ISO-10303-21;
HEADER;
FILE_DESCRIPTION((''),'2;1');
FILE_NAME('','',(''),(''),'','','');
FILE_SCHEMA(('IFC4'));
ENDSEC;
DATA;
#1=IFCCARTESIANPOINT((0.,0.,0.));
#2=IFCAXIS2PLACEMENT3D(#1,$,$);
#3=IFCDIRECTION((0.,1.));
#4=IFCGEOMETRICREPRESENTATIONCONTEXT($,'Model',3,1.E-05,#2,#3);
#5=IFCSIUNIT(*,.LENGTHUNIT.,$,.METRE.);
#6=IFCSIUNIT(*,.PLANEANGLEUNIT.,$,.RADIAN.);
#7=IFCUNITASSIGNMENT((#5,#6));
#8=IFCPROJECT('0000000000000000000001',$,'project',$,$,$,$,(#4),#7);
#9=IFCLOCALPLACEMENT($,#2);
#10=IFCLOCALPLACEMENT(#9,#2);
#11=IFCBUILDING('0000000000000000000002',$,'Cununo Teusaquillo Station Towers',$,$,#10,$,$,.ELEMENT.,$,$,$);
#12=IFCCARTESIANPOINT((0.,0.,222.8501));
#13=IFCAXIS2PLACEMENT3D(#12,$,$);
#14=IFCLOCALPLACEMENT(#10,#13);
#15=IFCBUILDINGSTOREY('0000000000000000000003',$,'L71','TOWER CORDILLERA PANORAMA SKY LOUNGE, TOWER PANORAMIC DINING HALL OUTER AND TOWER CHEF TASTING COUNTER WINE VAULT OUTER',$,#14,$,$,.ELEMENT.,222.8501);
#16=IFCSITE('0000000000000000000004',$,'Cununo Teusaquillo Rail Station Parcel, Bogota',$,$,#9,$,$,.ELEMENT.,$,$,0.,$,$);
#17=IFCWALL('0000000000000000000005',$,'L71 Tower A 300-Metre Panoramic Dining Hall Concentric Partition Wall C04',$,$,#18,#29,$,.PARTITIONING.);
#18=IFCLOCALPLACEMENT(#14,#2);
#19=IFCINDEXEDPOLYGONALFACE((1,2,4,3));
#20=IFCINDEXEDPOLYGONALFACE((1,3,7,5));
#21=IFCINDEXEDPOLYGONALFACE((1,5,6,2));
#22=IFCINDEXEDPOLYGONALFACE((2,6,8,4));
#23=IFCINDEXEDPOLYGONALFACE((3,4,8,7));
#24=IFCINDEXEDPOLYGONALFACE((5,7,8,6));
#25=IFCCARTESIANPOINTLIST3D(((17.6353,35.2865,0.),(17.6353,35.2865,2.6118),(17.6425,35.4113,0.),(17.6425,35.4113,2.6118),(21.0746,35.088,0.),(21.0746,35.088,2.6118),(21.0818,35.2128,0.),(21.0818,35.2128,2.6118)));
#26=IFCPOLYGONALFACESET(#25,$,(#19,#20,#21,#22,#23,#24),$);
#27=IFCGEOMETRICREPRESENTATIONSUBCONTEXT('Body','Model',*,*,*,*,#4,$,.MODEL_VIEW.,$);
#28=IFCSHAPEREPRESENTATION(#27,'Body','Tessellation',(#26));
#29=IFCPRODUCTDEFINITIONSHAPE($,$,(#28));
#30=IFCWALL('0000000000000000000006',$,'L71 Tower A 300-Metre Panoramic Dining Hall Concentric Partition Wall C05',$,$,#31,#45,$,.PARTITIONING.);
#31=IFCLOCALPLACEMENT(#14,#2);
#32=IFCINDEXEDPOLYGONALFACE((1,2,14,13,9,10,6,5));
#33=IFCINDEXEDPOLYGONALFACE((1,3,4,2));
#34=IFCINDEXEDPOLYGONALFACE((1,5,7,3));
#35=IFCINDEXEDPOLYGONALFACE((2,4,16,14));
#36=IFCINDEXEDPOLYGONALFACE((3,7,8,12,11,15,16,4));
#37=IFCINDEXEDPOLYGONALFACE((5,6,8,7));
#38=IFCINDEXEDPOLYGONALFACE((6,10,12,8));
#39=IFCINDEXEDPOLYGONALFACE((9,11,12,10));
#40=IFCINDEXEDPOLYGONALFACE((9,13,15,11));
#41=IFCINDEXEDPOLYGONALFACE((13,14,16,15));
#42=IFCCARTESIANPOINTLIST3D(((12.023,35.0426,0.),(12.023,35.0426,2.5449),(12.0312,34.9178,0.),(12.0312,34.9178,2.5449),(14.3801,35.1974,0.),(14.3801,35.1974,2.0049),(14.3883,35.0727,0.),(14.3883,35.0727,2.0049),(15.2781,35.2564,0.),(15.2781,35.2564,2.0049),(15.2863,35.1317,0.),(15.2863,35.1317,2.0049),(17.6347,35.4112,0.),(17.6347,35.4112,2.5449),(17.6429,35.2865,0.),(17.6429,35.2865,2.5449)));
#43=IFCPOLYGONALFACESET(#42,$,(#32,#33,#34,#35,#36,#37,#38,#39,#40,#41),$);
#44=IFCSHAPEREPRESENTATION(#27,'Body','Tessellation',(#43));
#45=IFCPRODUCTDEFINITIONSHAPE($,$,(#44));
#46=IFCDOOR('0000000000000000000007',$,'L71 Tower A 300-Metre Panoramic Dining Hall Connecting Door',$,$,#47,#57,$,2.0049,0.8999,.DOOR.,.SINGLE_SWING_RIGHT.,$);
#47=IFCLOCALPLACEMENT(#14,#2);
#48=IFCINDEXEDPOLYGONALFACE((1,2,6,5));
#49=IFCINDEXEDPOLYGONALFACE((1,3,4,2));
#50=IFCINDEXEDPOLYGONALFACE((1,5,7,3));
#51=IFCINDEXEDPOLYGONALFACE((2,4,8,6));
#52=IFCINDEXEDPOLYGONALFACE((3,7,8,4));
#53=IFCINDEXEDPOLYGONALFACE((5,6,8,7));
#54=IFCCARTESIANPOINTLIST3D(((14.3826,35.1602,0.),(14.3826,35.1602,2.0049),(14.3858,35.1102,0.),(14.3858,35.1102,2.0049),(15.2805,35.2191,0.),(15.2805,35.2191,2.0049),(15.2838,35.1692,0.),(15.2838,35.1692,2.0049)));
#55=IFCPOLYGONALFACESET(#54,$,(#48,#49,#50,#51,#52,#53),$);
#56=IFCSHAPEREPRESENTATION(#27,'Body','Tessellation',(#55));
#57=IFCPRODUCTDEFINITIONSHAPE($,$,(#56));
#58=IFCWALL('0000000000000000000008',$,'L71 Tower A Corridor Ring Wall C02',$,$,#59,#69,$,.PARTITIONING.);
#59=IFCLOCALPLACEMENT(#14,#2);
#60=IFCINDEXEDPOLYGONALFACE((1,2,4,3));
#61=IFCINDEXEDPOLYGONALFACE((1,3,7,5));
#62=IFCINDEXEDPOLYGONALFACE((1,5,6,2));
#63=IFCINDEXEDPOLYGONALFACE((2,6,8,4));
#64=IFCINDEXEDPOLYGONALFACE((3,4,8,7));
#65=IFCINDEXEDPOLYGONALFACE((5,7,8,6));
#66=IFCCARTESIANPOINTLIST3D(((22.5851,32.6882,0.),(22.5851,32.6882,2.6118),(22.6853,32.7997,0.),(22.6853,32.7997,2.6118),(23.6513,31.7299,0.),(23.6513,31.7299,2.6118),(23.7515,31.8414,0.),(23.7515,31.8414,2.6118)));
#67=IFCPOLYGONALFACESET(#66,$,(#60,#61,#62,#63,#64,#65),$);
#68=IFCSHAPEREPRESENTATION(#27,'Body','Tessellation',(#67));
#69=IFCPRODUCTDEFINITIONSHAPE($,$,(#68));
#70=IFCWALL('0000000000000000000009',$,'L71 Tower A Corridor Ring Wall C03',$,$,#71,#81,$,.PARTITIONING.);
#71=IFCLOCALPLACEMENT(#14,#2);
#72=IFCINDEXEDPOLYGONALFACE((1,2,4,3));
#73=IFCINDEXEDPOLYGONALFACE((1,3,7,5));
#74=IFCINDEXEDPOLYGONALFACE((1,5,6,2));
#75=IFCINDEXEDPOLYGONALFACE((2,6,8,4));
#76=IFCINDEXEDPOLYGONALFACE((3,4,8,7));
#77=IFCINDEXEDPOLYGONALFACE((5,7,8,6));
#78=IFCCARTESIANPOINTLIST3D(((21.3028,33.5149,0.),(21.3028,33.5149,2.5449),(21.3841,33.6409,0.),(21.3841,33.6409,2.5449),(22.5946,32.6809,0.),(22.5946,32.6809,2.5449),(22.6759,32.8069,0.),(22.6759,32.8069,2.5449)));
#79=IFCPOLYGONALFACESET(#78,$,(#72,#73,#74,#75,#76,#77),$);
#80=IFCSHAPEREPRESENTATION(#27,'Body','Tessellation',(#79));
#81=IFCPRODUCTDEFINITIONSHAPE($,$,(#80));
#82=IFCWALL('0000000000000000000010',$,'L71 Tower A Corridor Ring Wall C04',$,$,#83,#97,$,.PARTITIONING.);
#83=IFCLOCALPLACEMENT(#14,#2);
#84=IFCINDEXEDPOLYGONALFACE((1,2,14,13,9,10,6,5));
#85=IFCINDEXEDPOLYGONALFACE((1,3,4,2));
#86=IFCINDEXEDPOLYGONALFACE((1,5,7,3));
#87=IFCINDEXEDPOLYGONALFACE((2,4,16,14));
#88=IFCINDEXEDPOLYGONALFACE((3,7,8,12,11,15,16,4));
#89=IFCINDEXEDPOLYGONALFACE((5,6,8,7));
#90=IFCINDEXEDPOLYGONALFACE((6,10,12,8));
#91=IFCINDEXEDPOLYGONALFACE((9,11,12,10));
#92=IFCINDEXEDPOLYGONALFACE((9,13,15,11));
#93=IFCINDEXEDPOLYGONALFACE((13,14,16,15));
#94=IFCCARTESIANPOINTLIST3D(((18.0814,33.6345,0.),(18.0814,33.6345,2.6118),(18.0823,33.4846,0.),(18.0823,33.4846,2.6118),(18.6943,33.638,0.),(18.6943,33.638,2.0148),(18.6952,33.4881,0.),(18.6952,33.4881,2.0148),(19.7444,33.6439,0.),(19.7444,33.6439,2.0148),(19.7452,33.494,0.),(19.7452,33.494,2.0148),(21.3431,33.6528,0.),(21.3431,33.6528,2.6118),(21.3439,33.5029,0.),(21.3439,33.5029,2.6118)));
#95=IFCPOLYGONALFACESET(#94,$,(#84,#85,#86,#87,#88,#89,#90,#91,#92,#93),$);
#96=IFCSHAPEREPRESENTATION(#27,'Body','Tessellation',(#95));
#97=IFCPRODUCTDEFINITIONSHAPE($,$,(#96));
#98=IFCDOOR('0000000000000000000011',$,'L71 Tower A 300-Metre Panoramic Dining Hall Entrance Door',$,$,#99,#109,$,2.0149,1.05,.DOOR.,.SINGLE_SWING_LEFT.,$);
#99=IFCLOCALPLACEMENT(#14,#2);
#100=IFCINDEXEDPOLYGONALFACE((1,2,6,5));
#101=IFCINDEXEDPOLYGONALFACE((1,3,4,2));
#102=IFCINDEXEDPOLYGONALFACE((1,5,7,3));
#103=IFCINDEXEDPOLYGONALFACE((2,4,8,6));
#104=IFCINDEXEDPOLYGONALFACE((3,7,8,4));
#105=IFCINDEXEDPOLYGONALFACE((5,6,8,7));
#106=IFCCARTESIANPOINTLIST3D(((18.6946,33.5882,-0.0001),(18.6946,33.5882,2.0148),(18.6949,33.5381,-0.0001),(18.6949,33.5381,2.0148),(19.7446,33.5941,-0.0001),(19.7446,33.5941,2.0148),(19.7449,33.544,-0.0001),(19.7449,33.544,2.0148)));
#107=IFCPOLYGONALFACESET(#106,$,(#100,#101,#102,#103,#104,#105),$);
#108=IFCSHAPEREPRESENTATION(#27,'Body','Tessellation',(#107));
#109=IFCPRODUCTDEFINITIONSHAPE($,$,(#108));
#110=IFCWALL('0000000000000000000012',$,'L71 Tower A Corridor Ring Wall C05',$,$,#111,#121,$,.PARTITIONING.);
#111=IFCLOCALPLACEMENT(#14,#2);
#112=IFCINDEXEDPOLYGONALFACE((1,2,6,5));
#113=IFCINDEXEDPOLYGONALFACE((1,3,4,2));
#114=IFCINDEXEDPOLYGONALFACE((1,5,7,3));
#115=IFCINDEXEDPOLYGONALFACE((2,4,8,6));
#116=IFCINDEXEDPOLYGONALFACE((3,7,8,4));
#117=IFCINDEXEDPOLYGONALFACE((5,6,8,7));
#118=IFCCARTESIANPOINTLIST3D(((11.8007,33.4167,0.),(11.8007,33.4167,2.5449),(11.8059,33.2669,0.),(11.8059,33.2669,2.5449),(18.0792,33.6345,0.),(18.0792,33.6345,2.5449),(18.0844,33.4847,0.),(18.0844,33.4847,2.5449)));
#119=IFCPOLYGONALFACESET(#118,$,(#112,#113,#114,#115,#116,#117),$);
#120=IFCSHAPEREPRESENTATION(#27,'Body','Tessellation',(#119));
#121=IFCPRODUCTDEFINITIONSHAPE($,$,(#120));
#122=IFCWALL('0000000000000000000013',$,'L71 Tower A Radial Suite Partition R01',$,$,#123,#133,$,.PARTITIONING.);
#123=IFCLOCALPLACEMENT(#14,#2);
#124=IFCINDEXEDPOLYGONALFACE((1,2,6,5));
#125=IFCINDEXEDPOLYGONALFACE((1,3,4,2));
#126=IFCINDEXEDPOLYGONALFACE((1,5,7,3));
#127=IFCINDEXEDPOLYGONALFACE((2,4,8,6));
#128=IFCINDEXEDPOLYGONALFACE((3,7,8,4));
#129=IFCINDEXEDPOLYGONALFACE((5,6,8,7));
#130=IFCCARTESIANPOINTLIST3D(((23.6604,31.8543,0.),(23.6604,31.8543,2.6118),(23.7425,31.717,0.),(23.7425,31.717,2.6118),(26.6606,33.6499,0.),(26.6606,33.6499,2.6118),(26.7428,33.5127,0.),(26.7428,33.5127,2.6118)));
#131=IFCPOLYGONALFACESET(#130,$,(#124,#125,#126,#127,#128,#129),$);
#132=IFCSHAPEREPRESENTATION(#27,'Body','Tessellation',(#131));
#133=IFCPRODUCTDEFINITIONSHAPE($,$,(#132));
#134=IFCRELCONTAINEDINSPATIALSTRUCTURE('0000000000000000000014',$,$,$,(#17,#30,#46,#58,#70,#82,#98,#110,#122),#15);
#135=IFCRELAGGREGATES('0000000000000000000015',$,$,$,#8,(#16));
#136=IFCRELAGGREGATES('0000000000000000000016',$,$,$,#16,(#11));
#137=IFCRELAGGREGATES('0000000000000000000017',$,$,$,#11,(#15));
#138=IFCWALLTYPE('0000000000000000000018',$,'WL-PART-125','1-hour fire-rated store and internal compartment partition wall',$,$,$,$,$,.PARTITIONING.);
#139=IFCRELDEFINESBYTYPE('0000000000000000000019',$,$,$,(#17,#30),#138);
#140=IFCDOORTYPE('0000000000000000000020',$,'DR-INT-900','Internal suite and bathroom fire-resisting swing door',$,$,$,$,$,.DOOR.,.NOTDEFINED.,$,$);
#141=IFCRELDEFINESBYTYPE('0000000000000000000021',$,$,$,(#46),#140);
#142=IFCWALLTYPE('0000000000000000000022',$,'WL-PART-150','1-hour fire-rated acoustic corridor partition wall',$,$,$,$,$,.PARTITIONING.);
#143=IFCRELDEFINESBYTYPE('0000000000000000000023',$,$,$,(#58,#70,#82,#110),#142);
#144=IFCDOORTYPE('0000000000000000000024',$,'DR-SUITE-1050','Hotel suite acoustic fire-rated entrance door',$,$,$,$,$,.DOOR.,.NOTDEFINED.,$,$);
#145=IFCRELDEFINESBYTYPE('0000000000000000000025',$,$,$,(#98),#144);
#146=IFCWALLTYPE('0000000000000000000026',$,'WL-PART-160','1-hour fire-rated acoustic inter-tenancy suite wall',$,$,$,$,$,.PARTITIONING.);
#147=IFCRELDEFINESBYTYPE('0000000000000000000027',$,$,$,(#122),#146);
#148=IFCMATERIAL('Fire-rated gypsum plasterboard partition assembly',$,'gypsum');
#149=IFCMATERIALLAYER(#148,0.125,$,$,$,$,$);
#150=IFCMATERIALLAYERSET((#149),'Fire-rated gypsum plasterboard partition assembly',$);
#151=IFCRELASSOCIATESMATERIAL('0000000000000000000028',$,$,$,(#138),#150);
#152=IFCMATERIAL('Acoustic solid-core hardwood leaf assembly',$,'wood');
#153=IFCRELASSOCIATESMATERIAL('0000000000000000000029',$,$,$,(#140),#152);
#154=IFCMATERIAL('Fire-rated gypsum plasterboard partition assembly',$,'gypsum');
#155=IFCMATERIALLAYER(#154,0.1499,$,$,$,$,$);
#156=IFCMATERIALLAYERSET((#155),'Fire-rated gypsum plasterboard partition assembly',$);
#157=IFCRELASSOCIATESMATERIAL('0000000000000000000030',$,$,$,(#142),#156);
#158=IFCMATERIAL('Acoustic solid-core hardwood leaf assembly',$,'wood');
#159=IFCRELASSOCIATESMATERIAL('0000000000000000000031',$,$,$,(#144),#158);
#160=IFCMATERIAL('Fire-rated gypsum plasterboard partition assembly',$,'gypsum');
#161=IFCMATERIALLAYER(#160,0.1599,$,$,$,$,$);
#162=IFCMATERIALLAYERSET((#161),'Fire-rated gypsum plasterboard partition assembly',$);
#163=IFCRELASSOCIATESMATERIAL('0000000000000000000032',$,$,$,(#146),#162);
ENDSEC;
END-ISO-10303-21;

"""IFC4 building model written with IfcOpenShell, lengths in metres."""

from ifc_helpers import new_model, si_unit, direction, frame, frame_2d, origin, place, context, subcontext, project, spatial, rectangle, extrude, source, transform, mapped, material, layer, layer_set, type_object, element, fill, save


model = new_model("IFC4")

# Units and contexts
model_context = context("Model", 3, precision=1e-05, world=origin(), true_north=direction((0.0, 1.0)))
body_context = subcontext(model_context, "Body", "Model", "MODEL_VIEW")
ifc_project = project(units=[si_unit("LENGTHUNIT", "METRE"), si_unit("PLANEANGLEUNIT", "RADIAN")], contexts=[model_context])

# Site, building, storey
site_placement = place(None, origin())
site = spatial("IfcSite", under=ifc_project, at=site_placement, Name="Cununo Teusaquillo Rail Station Parcel, Bogota", CompositionType="ELEMENT", RefElevation=0.0)
building_placement = place(site_placement, origin())
building = spatial("IfcBuilding", under=site, at=building_placement, Name="Cununo Teusaquillo Station Towers", CompositionType="ELEMENT")
storey_placement = place(building_placement, frame((0.0, 0.0, 222.8501)))
storey = spatial("IfcBuildingStorey", under=building, at=storey_placement, Name="L71", Description="TOWER CORDILLERA PANORAMA SKY LOUNGE, TOWER PANORAMIC DINING HALL OUTER AND TOWER CHEF TASTING COUNTER WINE VAULT OUTER", CompositionType="ELEMENT", Elevation=222.8501)

# Wall
ifc_material_1 = material(Name="Fire-rated gypsum plasterboard partition assembly", Category="gypsum")
ifc_layer_1 = layer(ifc_material_1, 0.125)
ifc_layer_set_1 = layer_set([ifc_layer_1], Name="Fire-rated gypsum plasterboard partition assembly")
wall_type_1 = type_object("IfcWallType", Name="WL-PART-125", Description="1-hour fire-rated store and internal compartment partition wall", PredefinedType="PARTITIONING", material=ifc_layer_set_1)
wall_1_placement = place(storey_placement, frame((21.0784, 35.1504, 0.0), z_axis=(0.0, 0.0, 1.0), x_axis=(-0.998339, 0.057613, 0.0)))
element("IfcWall", 1, at=wall_1_placement, inside=storey, type_object=wall_type_1, Name="L71 Tower A 300-Metre Panoramic Dining Hall Concentric Partition Wall C04", PredefinedType="PARTITIONING", context=body_context, shape_type="SweptSolid", body=[
    extrude(rectangle(XDim=3.4451, YDim=0.125, at=frame_2d((1.7227, 0.0))), origin(), (0.0, 0.0, 1.0), 2.6118),
])

# Wall, opening, door
wall_2_placement = place(storey_placement, frame((17.6389, 35.3489, 0.0), z_axis=(0.0, 0.0, 1.0), x_axis=(-0.997849, -0.065554, 0.0)))
wall_2 = element("IfcWall", 2, at=wall_2_placement, inside=storey, type_object=wall_type_1, Name="L71 Tower A 300-Metre Panoramic Dining Hall Concentric Partition Wall C05", PredefinedType="PARTITIONING", context=body_context, shape_type="SweptSolid", body=[
    extrude(rectangle(XDim=5.6238, YDim=0.125, at=frame_2d((2.812, 0.0))), origin(), (0.0, 0.0, 1.0), 2.5449),
])
shared_shape_1 = source(origin(), body_context, "Body", "SweptSolid", [
    extrude(rectangle(XDim=0.8999, YDim=2.0049, at=frame_2d((0.45, 1.0024))), frame((0.0, 0.0725, 0.0), z_axis=(0.0, -1.0, 0.0), x_axis=(1.0, 0.0, 0.0)), (0.0, 0.0, 1.0), 0.145),
])
opening_1_placement = place(wall_2_placement, frame((2.3618, 0.0, 0.0)))
opening_1 = element("IfcOpeningElement", 3, at=opening_1_placement, cuts=wall_2, PredefinedType="OPENING", context=body_context, shape_type="MappedRepresentation", body=[
    mapped(shared_shape_1, transform((0.0, 0.0, 0.0), x_axis=(1.0, 0.0, 0.0), y_axis=(0.0, 1.0, 0.0), z_axis=(0.0, 0.0, 1.0), scale=1.0)),
])
ifc_material_2 = material(Name="Acoustic solid-core hardwood leaf assembly", Category="wood")
door_type_1 = type_object("IfcDoorType", Name="DR-INT-900", Description="Internal suite and bathroom fire-resisting swing door", OperationType="NOTDEFINED", PredefinedType="DOOR", material=ifc_material_2)
shared_shape_2 = source(origin(), body_context, "Body", "SweptSolid", [
    extrude(rectangle(XDim=0.8999, YDim=2.0049, at=frame_2d((0.45, 1.0024))), frame((0.0, 0.0249, 0.0), z_axis=(0.0, -1.0, 0.0), x_axis=(1.0, 0.0, 0.0)), (0.0, 0.0, 1.0), 0.05),
])
door_1_placement = place(opening_1_placement, origin())
door_1 = element("IfcDoor", 4, at=door_1_placement, inside=storey, type_object=door_type_1, Name="L71 Tower A 300-Metre Panoramic Dining Hall Connecting Door", OperationType="SINGLE_SWING_RIGHT", OverallHeight=2.0049, OverallWidth=0.8999, PredefinedType="DOOR", context=body_context, shape_type="MappedRepresentation", body=[
    mapped(shared_shape_2, transform((0.0, 0.0, 0.0), x_axis=(1.0, 0.0, 0.0), y_axis=(0.0, 1.0, 0.0), z_axis=(0.0, 0.0, 1.0), scale=1.0)),
])
fill(opening_1, door_1)

# Walls
ifc_material_3 = material(Name="Fire-rated gypsum plasterboard partition assembly", Category="gypsum")
ifc_layer_2 = layer(ifc_material_3, 0.1499)
ifc_layer_set_2 = layer_set([ifc_layer_2], Name="Fire-rated gypsum plasterboard partition assembly")
wall_type_2 = type_object("IfcWallType", Name="WL-PART-150", Description="1-hour fire-rated acoustic corridor partition wall", PredefinedType="PARTITIONING", material=ifc_layer_set_2)
wall_3_placement = place(storey_placement, frame((23.7014, 31.7856, 0.0), z_axis=(0.0, 0.0, 1.0), x_axis=(-0.743743, 0.668466, 0.0)))
element("IfcWall", 5, at=wall_3_placement, inside=storey, type_object=wall_type_2, Name="L71 Tower A Corridor Ring Wall C02", PredefinedType="PARTITIONING", context=body_context, shape_type="SweptSolid", body=[
    extrude(rectangle(XDim=1.4336, YDim=0.1499, at=frame_2d((0.7168, 0.0))), origin(), (0.0, 0.0, 1.0), 2.6118),
])
wall_4_placement = place(storey_placement, frame((22.6353, 32.7439, 0.0), z_axis=(0.0, 0.0, 1.0), x_axis=(-0.840119, 0.542402, 0.0)))
element("IfcWall", 6, at=wall_4_placement, inside=storey, type_object=wall_type_2, Name="L71 Tower A Corridor Ring Wall C03", PredefinedType="PARTITIONING", context=body_context, shape_type="SweptSolid", body=[
    extrude(rectangle(XDim=1.5376, YDim=0.1499, at=frame_2d((0.7688, 0.0))), origin(), (0.0, 0.0, 1.0), 2.5449),
])

# Wall, opening, door
wall_5_placement = place(storey_placement, frame((21.3435, 33.5779, 0.0), z_axis=(0.0, 0.0, 1.0), x_axis=(-0.999984, -0.005614, 0.0)))
wall_5 = element("IfcWall", 7, at=wall_5_placement, inside=storey, type_object=wall_type_2, Name="L71 Tower A Corridor Ring Wall C04", PredefinedType="PARTITIONING", context=body_context, shape_type="SweptSolid", body=[
    extrude(rectangle(XDim=3.2617, YDim=0.1499, at=frame_2d((1.6309, 0.0))), origin(), (0.0, 0.0, 1.0), 2.6118),
])
shared_shape_3 = source(origin(), body_context, "Body", "SweptSolid", [
    extrude(rectangle(XDim=1.05, YDim=2.0149, at=frame_2d((0.5249, 1.0073))), frame((0.0, 0.085, 0.0), z_axis=(0.0, -1.0, 0.0), x_axis=(1.0, 0.0, 0.0)), (0.0, 0.0, 1.0), 0.1699),
])
opening_2_placement = place(wall_5_placement, frame((1.5989, 0.0, 0.0)))
opening_2 = element("IfcOpeningElement", 8, at=opening_2_placement, cuts=wall_5, PredefinedType="OPENING", context=body_context, shape_type="MappedRepresentation", body=[
    mapped(shared_shape_3, transform((0.0, 0.0, 0.0), x_axis=(1.0, 0.0, 0.0), y_axis=(0.0, 1.0, 0.0), z_axis=(0.0, 0.0, 1.0), scale=1.0)),
])
ifc_material_4 = material(Name="Acoustic solid-core hardwood leaf assembly", Category="wood")
door_type_2 = type_object("IfcDoorType", Name="DR-SUITE-1050", Description="Hotel suite acoustic fire-rated entrance door", OperationType="NOTDEFINED", PredefinedType="DOOR", material=ifc_material_4)
shared_shape_4 = source(origin(), body_context, "Body", "SweptSolid", [
    extrude(rectangle(XDim=1.05, YDim=2.0149, at=frame_2d((0.5249, 1.0073))), frame((0.0, 0.0249, 0.0), z_axis=(0.0, -1.0, 0.0), x_axis=(1.0, 0.0, 0.0)), (0.0, 0.0, 1.0), 0.05),
])
door_2_placement = place(opening_2_placement, origin())
door_2 = element("IfcDoor", 9, at=door_2_placement, inside=storey, type_object=door_type_2, Name="L71 Tower A 300-Metre Panoramic Dining Hall Entrance Door", OperationType="SINGLE_SWING_LEFT", OverallHeight=2.0149, OverallWidth=1.05, PredefinedType="DOOR", context=body_context, shape_type="MappedRepresentation", body=[
    mapped(shared_shape_4, transform((0.0, 0.0, 0.0), x_axis=(1.0, 0.0, 0.0), y_axis=(0.0, 1.0, 0.0), z_axis=(0.0, 0.0, 1.0), scale=1.0)),
])
fill(opening_2, door_2)

# Walls
wall_6_placement = place(storey_placement, frame((18.0818, 33.5596, 0.0), z_axis=(0.0, 0.0, 1.0), x_axis=(-0.999399, -0.034664, 0.0)))
element("IfcWall", 10, at=wall_6_placement, inside=storey, type_object=wall_type_2, Name="L71 Tower A Corridor Ring Wall C05", PredefinedType="PARTITIONING", context=body_context, shape_type="SweptSolid", body=[
    extrude(rectangle(XDim=6.2822, YDim=0.1499, at=frame_2d((3.1411, 0.0))), origin(), (0.0, 0.0, 1.0), 2.5449),
])
ifc_material_5 = material(Name="Fire-rated gypsum plasterboard partition assembly", Category="gypsum")
ifc_layer_3 = layer(ifc_material_5, 0.1599)
ifc_layer_set_3 = layer_set([ifc_layer_3], Name="Fire-rated gypsum plasterboard partition assembly")
wall_type_3 = type_object("IfcWallType", Name="WL-PART-160", Description="1-hour fire-rated acoustic inter-tenancy suite wall", PredefinedType="PARTITIONING", material=ifc_layer_set_3)
wall_7_placement = place(storey_placement, frame((23.7014, 31.7856, 0.0), z_axis=(0.0, 0.0, 1.0), x_axis=(0.858059, 0.513551, 0.0)))
element("IfcWall", 11, at=wall_7_placement, inside=storey, type_object=wall_type_3, Name="L71 Tower A Radial Suite Partition R01", PredefinedType="PARTITIONING", context=body_context, shape_type="SweptSolid", body=[
    extrude(rectangle(XDim=3.4966, YDim=0.1599, at=frame_2d((1.7483, 0.0))), origin(), (0.0, 0.0, 1.0), 2.6118),
])

save(model, "model.ifc")
